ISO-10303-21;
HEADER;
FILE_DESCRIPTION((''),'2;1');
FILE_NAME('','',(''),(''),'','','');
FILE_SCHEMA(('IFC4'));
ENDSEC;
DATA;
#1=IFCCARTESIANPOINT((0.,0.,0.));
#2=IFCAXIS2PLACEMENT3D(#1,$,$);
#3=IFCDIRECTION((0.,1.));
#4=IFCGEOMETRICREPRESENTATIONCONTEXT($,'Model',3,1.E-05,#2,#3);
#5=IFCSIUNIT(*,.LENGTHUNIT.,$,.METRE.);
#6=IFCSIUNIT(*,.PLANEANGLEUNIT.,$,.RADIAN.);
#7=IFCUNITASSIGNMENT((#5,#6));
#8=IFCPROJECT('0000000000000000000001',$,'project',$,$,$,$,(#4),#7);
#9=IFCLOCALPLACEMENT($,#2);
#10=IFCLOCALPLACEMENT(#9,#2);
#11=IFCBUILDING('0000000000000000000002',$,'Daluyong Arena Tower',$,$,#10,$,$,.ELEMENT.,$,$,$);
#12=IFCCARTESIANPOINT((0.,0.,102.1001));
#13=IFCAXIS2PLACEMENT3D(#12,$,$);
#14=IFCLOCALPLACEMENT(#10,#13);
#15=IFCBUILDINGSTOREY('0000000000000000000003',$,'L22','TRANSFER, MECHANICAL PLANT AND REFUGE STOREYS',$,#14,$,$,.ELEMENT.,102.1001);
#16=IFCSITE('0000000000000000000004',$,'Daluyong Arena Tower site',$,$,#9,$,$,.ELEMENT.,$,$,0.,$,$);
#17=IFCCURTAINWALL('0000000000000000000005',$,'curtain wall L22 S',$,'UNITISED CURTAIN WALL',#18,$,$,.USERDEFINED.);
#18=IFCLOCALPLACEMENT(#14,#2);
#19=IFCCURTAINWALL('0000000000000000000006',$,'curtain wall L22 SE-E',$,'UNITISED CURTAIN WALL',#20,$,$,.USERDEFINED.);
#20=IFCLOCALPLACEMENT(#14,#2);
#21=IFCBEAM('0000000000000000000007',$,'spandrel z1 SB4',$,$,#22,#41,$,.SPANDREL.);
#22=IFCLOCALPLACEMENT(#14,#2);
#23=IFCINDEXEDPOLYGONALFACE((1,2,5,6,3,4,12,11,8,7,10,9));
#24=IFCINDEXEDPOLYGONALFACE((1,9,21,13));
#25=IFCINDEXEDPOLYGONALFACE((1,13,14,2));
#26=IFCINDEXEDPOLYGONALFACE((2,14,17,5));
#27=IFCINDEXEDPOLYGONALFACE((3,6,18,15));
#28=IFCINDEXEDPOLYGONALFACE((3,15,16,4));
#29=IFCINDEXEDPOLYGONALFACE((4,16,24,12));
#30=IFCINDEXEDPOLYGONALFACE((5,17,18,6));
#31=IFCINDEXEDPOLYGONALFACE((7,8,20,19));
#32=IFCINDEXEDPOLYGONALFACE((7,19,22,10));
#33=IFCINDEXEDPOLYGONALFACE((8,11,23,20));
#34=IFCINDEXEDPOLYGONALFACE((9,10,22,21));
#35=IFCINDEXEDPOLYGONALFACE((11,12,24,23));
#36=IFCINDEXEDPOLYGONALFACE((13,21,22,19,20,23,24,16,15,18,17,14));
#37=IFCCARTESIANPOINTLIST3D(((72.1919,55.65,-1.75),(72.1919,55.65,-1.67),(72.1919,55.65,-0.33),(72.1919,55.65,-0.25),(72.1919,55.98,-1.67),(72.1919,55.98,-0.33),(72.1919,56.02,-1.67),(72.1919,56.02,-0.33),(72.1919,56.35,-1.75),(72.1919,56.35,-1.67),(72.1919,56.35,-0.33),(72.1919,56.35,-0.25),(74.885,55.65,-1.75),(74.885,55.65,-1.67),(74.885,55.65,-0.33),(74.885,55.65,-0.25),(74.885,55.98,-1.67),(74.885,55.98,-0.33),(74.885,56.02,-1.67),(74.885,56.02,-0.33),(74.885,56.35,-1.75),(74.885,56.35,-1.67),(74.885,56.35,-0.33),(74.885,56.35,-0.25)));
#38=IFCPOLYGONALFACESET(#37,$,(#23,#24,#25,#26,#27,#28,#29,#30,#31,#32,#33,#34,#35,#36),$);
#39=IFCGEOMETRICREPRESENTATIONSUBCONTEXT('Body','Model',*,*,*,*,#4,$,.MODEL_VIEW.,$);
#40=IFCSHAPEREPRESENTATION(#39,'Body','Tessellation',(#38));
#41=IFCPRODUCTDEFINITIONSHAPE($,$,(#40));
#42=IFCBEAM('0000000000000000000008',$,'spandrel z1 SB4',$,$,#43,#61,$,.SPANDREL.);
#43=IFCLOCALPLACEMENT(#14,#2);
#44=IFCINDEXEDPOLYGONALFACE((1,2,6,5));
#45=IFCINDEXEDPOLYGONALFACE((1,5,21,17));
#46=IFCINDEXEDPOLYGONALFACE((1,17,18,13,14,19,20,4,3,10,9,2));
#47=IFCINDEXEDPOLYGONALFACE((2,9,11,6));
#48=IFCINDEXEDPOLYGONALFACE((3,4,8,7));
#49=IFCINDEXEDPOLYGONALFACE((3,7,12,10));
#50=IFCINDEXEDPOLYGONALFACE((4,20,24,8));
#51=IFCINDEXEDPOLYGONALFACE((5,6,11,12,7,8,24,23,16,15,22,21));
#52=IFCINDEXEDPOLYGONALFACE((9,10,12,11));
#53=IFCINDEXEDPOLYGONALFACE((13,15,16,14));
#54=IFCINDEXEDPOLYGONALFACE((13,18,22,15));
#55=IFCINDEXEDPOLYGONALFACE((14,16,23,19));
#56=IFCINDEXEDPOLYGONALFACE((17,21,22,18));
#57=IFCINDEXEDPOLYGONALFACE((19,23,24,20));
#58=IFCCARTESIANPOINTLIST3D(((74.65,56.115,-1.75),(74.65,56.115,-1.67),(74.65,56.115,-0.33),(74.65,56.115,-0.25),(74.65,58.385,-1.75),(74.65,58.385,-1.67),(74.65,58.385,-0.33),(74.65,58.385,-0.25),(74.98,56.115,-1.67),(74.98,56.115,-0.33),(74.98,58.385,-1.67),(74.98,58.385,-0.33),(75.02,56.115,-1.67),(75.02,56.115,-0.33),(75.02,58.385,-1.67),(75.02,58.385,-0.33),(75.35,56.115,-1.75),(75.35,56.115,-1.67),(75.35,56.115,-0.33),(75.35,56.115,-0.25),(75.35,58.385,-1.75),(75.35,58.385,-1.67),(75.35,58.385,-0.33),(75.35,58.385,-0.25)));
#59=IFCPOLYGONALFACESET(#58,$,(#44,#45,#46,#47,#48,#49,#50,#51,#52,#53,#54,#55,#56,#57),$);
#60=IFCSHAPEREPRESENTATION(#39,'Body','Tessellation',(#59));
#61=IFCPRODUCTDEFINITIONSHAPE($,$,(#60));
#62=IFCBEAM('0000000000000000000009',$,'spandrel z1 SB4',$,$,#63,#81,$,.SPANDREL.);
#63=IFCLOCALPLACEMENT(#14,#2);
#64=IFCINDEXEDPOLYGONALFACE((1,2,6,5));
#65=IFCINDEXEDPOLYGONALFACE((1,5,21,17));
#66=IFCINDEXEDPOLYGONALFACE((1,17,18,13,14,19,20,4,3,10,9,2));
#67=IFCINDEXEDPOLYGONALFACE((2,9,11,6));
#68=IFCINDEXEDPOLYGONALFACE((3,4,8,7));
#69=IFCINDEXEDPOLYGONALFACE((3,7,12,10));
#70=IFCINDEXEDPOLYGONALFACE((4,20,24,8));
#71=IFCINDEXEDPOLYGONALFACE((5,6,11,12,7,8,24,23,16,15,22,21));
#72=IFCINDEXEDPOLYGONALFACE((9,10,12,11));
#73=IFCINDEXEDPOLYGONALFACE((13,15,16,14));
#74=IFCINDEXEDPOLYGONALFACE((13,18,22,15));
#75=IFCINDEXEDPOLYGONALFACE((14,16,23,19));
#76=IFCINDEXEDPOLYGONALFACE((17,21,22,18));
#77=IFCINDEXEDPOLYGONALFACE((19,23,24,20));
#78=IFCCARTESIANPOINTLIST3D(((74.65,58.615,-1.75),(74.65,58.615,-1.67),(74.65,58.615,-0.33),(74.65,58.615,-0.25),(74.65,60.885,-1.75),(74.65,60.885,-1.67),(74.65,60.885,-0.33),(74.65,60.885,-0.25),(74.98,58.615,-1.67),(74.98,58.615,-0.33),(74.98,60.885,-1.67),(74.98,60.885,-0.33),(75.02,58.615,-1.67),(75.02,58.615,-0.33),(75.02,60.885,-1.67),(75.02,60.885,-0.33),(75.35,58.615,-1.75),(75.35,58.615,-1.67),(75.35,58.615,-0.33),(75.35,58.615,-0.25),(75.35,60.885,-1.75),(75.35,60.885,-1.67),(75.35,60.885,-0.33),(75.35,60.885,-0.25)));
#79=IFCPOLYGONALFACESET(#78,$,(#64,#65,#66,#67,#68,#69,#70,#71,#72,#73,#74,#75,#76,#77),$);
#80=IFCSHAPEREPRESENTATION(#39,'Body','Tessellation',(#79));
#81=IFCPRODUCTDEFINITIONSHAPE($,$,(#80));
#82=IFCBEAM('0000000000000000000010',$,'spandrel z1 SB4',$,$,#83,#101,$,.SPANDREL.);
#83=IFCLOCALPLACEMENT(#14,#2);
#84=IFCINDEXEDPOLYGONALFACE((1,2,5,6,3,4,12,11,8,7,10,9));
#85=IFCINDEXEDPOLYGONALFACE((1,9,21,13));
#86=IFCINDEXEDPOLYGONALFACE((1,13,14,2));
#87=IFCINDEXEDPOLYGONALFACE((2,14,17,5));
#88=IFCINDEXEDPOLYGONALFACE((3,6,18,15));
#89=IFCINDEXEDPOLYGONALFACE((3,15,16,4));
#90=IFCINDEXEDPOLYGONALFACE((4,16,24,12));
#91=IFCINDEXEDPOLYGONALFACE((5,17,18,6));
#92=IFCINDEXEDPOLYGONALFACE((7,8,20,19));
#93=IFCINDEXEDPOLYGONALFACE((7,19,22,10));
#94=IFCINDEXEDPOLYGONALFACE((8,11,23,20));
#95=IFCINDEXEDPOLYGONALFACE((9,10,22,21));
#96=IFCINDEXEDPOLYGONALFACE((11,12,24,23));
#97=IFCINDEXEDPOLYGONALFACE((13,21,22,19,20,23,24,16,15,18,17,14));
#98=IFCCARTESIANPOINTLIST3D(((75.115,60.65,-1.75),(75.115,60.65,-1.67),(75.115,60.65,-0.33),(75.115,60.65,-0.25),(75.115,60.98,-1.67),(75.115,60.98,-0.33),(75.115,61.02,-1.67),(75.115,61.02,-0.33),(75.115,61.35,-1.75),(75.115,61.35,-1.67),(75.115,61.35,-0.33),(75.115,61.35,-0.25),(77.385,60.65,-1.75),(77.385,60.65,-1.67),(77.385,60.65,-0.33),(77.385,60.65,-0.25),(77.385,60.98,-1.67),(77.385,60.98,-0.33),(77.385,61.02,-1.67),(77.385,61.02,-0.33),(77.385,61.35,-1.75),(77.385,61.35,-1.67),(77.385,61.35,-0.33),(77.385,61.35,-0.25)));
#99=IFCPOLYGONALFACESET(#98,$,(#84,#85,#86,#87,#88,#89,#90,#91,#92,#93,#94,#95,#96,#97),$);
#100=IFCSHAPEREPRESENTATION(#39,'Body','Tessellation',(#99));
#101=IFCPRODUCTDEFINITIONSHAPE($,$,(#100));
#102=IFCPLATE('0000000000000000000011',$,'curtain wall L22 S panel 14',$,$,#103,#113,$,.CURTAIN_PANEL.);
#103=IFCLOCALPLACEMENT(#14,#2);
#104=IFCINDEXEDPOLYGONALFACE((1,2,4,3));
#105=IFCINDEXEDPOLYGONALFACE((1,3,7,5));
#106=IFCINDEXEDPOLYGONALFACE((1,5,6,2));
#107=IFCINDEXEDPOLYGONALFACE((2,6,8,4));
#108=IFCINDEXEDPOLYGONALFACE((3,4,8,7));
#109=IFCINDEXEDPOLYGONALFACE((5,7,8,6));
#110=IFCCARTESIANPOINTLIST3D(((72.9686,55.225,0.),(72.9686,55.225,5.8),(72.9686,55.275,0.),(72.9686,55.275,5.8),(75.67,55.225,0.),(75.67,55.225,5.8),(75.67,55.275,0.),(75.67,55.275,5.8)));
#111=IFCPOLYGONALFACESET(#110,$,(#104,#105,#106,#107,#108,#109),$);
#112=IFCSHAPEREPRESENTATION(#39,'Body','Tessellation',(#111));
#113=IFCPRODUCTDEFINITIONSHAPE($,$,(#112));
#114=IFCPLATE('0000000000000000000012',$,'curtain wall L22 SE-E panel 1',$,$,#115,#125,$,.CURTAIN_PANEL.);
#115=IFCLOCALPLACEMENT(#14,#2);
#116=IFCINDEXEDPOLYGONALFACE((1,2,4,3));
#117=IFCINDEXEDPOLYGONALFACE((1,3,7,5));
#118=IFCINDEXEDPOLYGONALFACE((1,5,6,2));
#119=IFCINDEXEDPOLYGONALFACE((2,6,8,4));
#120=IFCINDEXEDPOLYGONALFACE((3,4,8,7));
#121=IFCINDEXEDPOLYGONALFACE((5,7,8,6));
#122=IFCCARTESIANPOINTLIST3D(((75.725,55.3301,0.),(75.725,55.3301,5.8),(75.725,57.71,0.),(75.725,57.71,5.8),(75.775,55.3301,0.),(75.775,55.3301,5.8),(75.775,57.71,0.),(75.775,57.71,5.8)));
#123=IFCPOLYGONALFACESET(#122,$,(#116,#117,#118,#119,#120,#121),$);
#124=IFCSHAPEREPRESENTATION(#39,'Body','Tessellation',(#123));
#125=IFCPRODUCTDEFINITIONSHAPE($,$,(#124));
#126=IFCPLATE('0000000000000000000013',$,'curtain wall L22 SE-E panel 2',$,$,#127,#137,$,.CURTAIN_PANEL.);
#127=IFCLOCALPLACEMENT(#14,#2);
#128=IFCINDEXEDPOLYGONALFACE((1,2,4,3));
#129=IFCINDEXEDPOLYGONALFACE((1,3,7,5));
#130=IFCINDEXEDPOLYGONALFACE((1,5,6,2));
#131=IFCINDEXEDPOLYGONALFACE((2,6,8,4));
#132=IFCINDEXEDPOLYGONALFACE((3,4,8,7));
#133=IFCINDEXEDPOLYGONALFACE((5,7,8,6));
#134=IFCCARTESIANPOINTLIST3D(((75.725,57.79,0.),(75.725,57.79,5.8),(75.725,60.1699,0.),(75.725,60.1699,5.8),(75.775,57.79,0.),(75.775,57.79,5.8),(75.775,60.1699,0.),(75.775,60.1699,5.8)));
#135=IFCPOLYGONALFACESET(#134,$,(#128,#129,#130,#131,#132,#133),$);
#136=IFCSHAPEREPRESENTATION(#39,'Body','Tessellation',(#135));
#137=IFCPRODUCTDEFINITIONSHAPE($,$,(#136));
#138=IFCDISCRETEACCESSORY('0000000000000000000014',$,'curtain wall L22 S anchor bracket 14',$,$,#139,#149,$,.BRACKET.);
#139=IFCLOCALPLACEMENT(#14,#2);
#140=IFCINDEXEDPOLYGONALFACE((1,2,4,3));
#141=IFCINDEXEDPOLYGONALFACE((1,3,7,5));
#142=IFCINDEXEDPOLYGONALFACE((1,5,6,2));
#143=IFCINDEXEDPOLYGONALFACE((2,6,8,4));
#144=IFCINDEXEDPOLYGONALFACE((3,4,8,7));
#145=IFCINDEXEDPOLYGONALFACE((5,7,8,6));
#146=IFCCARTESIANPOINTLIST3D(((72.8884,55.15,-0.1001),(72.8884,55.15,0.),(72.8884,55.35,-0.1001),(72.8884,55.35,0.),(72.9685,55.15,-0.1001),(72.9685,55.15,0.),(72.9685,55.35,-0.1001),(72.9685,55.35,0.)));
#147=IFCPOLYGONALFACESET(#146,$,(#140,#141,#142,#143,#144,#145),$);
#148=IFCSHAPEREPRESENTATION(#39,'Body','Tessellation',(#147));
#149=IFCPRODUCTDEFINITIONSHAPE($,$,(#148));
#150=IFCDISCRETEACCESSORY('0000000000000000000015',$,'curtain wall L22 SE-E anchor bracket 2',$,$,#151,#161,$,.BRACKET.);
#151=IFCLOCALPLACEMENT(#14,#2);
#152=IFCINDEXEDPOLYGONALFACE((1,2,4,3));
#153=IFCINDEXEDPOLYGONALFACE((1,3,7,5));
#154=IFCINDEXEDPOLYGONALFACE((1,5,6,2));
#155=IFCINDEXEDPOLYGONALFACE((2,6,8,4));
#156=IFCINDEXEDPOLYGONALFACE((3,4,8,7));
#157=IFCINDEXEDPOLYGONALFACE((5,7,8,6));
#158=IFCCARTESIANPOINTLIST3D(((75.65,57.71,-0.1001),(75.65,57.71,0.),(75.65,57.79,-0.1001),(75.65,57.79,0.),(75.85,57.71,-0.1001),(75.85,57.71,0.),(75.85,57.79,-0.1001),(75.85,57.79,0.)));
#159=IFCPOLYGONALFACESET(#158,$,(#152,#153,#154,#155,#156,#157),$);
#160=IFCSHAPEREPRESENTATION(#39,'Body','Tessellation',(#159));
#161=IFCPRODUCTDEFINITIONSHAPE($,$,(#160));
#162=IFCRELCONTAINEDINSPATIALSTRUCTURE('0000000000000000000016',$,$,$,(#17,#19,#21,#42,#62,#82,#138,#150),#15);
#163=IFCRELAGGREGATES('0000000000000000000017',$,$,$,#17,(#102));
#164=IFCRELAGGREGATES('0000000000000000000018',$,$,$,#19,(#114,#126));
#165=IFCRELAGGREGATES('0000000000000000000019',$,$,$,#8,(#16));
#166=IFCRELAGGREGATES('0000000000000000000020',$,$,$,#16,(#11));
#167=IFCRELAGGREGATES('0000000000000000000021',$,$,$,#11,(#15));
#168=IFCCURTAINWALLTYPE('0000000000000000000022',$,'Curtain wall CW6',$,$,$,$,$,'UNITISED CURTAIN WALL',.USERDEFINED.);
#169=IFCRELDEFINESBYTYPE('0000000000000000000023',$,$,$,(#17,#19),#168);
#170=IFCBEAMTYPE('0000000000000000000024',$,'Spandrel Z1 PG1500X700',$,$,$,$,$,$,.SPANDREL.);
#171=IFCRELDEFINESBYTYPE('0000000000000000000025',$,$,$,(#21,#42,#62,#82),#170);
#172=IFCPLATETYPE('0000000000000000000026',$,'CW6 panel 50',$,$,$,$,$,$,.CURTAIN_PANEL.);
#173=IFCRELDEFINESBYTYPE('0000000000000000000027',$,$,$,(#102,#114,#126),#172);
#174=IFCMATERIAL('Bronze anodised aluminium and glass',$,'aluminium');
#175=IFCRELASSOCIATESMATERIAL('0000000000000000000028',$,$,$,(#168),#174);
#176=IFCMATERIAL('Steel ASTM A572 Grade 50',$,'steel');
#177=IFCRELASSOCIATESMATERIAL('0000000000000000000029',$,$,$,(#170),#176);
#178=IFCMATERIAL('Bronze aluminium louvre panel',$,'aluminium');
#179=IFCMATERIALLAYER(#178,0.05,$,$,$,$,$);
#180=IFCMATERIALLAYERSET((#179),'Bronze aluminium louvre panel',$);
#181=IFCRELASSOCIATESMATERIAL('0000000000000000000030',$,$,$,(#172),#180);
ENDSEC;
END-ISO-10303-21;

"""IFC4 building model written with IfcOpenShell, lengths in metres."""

from ifc_helpers import new_model, si_unit, direction, frame, origin, origin_2d, place, context, subcontext, project, spatial, rectangle, i_section, extrude, material, layer, layer_set, material_profile, profile_set, type_object, element, aggregate, save


model = new_model("IFC4")

# Units and contexts
model_context = context("Model", 3, precision=1e-05, world=origin(), true_north=direction((0.0, 1.0)))
body_context = subcontext(model_context, "Body", "Model", "MODEL_VIEW")
ifc_project = project(units=[si_unit("LENGTHUNIT", "METRE"), si_unit("PLANEANGLEUNIT", "RADIAN")], contexts=[model_context])

# Site, building, storey
site_placement = place(None, origin())
site = spatial("IfcSite", under=ifc_project, at=site_placement, Name="Daluyong Arena Tower site", CompositionType="ELEMENT", RefElevation=0.0)
building_placement = place(site_placement, origin())
building = spatial("IfcBuilding", under=site, at=building_placement, Name="Daluyong Arena Tower", CompositionType="ELEMENT")
storey_placement = place(building_placement, frame((0.0, 0.0, 102.1001)))
storey = spatial("IfcBuildingStorey", under=building, at=storey_placement, Name="L22", Description="TRANSFER, MECHANICAL PLANT AND REFUGE STOREYS", CompositionType="ELEMENT", Elevation=102.1001)

# Curtain wall
ifc_material_1 = material(Name="Bronze anodised aluminium and glass", Category="aluminium")
curtain_wall_type = type_object("IfcCurtainWallType", Name="Curtain wall CW6", ElementType="UNITISED CURTAIN WALL", PredefinedType="USERDEFINED", material=ifc_material_1)
curtain_wall_1_placement = place(storey_placement, origin())
curtain_wall_1 = element("IfcCurtainWall", 1, at=curtain_wall_1_placement, inside=storey, type_object=curtain_wall_type, Name="curtain wall L22 S", ObjectType="UNITISED CURTAIN WALL", PredefinedType="USERDEFINED")

# Curtain wall
curtain_wall_2_placement = place(storey_placement, origin())
curtain_wall_2 = element("IfcCurtainWall", 2, at=curtain_wall_2_placement, inside=storey, type_object=curtain_wall_type, Name="curtain wall L22 SE-E", ObjectType="UNITISED CURTAIN WALL", PredefinedType="USERDEFINED")

# Beams
ifc_material_2 = material(Name="Steel ASTM A572 Grade 50", Category="steel")
ifc_material_profile_1 = material_profile(ifc_material_2, i_section(OverallWidth=0.7, OverallDepth=1.5, WebThickness=0.04, FlangeThickness=0.08, at=origin_2d()))
ifc_profile_set_1 = profile_set([ifc_material_profile_1], Name="Steel ASTM A572 Grade 50")
beam_type_1 = type_object("IfcBeamType", Name="Spandrel Z1 PG1500X700", PredefinedType="SPANDREL", material=ifc_profile_set_1)
beam_1_placement = place(storey_placement, frame((72.1919, 56.0, -1.0), z_axis=(1.0, 0.0, 0.0), x_axis=(0.0, 1.0, 0.0)))
element("IfcBeam", 3, at=beam_1_placement, inside=storey, type_object=beam_type_1, Name="spandrel z1 SB4", PredefinedType="SPANDREL", context=body_context, shape_type="SweptSolid", body=[
    extrude(i_section(OverallWidth=0.7, OverallDepth=1.5, WebThickness=0.04, FlangeThickness=0.08, at=origin_2d()), origin(), (0.0, 0.0, 1.0), 2.6931),
])
for number, where, z_axis, x_axis, name in (
    (4, (75.0, 56.115, -1.0), (0.0, 1.0, 0.0), (-1.0, 0.0, 0.0), "spandrel z1 SB4"),
    (5, (75.0, 58.615, -1.0), (0.0, 1.0, 0.0), (-1.0, 0.0, 0.0), "spandrel z1 SB4"),
    (6, (75.115, 61.0, -1.0), (1.0, 0.0, 0.0), (0.0, 1.0, 0.0), "spandrel z1 SB4"),
):
    element("IfcBeam", number, at=place(storey_placement, frame(where, z_axis=z_axis, x_axis=x_axis)), inside=storey, type_object=beam_type_1, Name=name, PredefinedType="SPANDREL", context=body_context, shape_type="SweptSolid", body=[
        extrude(i_section(OverallWidth=0.7, OverallDepth=1.5, WebThickness=0.04, FlangeThickness=0.08, at=origin_2d()), origin(), (0.0, 0.0, 1.0), 2.27),
    ])

# Plates
ifc_material_3 = material(Name="Bronze aluminium louvre panel", Category="aluminium")
ifc_layer = layer(ifc_material_3, 0.05)
ifc_layer_set = layer_set([ifc_layer], Name="Bronze aluminium louvre panel")
plate_type = type_object("IfcPlateType", Name="CW6 panel 50", PredefinedType="CURTAIN_PANEL", material=ifc_layer_set)
plate_1_placement = place(storey_placement, frame((74.3193, 55.25, 0.0), z_axis=(0.0, 0.0, 1.0), x_axis=(1.0, 0.0, 0.0)))
plate_1 = element("IfcPlate", 7, at=plate_1_placement, type_object=plate_type, Name="curtain wall L22 S panel 14", PredefinedType="CURTAIN_PANEL", context=body_context, shape_type="SweptSolid", body=[
    extrude(rectangle(XDim=2.7014, YDim=0.05, at=origin_2d()), origin(), (0.0, 0.0, 1.0), 5.8),
])
aggregate(curtain_wall_1, [plate_1])
plate_2_placement = place(storey_placement, frame((75.75, 56.52, 0.0), z_axis=(0.0, 0.0, 1.0), x_axis=(0.0, 1.0, 0.0)))
plate_2 = element("IfcPlate", 8, at=plate_2_placement, type_object=plate_type, Name="curtain wall L22 SE-E panel 1", PredefinedType="CURTAIN_PANEL", context=body_context, shape_type="SweptSolid", body=[
    extrude(rectangle(XDim=2.3799, YDim=0.05, at=origin_2d()), origin(), (0.0, 0.0, 1.0), 5.8),
])
plate_3_placement = place(storey_placement, frame((75.75, 58.98, 0.0), z_axis=(0.0, 0.0, 1.0), x_axis=(0.0, 1.0, 0.0)))
plate_3 = element("IfcPlate", 9, at=plate_3_placement, type_object=plate_type, Name="curtain wall L22 SE-E panel 2", PredefinedType="CURTAIN_PANEL", context=body_context, shape_type="SweptSolid", body=[
    extrude(rectangle(XDim=2.3799, YDim=0.05, at=origin_2d()), origin(), (0.0, 0.0, 1.0), 5.8),
])
aggregate(curtain_wall_2, [plate_2, plate_3])

# Discrete accessories
for number, where, z_axis, x_axis, name in (
    (10, (72.9285, 55.25, -0.1001), (0.0, 0.0, 1.0), (1.0, 0.0, 0.0), "curtain wall L22 S anchor bracket 14"),
    (11, (75.75, 57.75, -0.1001), (0.0, 0.0, 1.0), (0.0, 1.0, 0.0), "curtain wall L22 SE-E anchor bracket 2"),
):
    element("IfcDiscreteAccessory", number, at=place(storey_placement, frame(where, z_axis=z_axis, x_axis=x_axis)), inside=storey, Name=name, PredefinedType="BRACKET", context=body_context, shape_type="SweptSolid", body=[
        extrude(rectangle(XDim=0.0801, YDim=0.2, at=origin_2d()), origin(), (0.0, 0.0, 1.0), 0.1001),
    ])

save(model, "model.ifc")
